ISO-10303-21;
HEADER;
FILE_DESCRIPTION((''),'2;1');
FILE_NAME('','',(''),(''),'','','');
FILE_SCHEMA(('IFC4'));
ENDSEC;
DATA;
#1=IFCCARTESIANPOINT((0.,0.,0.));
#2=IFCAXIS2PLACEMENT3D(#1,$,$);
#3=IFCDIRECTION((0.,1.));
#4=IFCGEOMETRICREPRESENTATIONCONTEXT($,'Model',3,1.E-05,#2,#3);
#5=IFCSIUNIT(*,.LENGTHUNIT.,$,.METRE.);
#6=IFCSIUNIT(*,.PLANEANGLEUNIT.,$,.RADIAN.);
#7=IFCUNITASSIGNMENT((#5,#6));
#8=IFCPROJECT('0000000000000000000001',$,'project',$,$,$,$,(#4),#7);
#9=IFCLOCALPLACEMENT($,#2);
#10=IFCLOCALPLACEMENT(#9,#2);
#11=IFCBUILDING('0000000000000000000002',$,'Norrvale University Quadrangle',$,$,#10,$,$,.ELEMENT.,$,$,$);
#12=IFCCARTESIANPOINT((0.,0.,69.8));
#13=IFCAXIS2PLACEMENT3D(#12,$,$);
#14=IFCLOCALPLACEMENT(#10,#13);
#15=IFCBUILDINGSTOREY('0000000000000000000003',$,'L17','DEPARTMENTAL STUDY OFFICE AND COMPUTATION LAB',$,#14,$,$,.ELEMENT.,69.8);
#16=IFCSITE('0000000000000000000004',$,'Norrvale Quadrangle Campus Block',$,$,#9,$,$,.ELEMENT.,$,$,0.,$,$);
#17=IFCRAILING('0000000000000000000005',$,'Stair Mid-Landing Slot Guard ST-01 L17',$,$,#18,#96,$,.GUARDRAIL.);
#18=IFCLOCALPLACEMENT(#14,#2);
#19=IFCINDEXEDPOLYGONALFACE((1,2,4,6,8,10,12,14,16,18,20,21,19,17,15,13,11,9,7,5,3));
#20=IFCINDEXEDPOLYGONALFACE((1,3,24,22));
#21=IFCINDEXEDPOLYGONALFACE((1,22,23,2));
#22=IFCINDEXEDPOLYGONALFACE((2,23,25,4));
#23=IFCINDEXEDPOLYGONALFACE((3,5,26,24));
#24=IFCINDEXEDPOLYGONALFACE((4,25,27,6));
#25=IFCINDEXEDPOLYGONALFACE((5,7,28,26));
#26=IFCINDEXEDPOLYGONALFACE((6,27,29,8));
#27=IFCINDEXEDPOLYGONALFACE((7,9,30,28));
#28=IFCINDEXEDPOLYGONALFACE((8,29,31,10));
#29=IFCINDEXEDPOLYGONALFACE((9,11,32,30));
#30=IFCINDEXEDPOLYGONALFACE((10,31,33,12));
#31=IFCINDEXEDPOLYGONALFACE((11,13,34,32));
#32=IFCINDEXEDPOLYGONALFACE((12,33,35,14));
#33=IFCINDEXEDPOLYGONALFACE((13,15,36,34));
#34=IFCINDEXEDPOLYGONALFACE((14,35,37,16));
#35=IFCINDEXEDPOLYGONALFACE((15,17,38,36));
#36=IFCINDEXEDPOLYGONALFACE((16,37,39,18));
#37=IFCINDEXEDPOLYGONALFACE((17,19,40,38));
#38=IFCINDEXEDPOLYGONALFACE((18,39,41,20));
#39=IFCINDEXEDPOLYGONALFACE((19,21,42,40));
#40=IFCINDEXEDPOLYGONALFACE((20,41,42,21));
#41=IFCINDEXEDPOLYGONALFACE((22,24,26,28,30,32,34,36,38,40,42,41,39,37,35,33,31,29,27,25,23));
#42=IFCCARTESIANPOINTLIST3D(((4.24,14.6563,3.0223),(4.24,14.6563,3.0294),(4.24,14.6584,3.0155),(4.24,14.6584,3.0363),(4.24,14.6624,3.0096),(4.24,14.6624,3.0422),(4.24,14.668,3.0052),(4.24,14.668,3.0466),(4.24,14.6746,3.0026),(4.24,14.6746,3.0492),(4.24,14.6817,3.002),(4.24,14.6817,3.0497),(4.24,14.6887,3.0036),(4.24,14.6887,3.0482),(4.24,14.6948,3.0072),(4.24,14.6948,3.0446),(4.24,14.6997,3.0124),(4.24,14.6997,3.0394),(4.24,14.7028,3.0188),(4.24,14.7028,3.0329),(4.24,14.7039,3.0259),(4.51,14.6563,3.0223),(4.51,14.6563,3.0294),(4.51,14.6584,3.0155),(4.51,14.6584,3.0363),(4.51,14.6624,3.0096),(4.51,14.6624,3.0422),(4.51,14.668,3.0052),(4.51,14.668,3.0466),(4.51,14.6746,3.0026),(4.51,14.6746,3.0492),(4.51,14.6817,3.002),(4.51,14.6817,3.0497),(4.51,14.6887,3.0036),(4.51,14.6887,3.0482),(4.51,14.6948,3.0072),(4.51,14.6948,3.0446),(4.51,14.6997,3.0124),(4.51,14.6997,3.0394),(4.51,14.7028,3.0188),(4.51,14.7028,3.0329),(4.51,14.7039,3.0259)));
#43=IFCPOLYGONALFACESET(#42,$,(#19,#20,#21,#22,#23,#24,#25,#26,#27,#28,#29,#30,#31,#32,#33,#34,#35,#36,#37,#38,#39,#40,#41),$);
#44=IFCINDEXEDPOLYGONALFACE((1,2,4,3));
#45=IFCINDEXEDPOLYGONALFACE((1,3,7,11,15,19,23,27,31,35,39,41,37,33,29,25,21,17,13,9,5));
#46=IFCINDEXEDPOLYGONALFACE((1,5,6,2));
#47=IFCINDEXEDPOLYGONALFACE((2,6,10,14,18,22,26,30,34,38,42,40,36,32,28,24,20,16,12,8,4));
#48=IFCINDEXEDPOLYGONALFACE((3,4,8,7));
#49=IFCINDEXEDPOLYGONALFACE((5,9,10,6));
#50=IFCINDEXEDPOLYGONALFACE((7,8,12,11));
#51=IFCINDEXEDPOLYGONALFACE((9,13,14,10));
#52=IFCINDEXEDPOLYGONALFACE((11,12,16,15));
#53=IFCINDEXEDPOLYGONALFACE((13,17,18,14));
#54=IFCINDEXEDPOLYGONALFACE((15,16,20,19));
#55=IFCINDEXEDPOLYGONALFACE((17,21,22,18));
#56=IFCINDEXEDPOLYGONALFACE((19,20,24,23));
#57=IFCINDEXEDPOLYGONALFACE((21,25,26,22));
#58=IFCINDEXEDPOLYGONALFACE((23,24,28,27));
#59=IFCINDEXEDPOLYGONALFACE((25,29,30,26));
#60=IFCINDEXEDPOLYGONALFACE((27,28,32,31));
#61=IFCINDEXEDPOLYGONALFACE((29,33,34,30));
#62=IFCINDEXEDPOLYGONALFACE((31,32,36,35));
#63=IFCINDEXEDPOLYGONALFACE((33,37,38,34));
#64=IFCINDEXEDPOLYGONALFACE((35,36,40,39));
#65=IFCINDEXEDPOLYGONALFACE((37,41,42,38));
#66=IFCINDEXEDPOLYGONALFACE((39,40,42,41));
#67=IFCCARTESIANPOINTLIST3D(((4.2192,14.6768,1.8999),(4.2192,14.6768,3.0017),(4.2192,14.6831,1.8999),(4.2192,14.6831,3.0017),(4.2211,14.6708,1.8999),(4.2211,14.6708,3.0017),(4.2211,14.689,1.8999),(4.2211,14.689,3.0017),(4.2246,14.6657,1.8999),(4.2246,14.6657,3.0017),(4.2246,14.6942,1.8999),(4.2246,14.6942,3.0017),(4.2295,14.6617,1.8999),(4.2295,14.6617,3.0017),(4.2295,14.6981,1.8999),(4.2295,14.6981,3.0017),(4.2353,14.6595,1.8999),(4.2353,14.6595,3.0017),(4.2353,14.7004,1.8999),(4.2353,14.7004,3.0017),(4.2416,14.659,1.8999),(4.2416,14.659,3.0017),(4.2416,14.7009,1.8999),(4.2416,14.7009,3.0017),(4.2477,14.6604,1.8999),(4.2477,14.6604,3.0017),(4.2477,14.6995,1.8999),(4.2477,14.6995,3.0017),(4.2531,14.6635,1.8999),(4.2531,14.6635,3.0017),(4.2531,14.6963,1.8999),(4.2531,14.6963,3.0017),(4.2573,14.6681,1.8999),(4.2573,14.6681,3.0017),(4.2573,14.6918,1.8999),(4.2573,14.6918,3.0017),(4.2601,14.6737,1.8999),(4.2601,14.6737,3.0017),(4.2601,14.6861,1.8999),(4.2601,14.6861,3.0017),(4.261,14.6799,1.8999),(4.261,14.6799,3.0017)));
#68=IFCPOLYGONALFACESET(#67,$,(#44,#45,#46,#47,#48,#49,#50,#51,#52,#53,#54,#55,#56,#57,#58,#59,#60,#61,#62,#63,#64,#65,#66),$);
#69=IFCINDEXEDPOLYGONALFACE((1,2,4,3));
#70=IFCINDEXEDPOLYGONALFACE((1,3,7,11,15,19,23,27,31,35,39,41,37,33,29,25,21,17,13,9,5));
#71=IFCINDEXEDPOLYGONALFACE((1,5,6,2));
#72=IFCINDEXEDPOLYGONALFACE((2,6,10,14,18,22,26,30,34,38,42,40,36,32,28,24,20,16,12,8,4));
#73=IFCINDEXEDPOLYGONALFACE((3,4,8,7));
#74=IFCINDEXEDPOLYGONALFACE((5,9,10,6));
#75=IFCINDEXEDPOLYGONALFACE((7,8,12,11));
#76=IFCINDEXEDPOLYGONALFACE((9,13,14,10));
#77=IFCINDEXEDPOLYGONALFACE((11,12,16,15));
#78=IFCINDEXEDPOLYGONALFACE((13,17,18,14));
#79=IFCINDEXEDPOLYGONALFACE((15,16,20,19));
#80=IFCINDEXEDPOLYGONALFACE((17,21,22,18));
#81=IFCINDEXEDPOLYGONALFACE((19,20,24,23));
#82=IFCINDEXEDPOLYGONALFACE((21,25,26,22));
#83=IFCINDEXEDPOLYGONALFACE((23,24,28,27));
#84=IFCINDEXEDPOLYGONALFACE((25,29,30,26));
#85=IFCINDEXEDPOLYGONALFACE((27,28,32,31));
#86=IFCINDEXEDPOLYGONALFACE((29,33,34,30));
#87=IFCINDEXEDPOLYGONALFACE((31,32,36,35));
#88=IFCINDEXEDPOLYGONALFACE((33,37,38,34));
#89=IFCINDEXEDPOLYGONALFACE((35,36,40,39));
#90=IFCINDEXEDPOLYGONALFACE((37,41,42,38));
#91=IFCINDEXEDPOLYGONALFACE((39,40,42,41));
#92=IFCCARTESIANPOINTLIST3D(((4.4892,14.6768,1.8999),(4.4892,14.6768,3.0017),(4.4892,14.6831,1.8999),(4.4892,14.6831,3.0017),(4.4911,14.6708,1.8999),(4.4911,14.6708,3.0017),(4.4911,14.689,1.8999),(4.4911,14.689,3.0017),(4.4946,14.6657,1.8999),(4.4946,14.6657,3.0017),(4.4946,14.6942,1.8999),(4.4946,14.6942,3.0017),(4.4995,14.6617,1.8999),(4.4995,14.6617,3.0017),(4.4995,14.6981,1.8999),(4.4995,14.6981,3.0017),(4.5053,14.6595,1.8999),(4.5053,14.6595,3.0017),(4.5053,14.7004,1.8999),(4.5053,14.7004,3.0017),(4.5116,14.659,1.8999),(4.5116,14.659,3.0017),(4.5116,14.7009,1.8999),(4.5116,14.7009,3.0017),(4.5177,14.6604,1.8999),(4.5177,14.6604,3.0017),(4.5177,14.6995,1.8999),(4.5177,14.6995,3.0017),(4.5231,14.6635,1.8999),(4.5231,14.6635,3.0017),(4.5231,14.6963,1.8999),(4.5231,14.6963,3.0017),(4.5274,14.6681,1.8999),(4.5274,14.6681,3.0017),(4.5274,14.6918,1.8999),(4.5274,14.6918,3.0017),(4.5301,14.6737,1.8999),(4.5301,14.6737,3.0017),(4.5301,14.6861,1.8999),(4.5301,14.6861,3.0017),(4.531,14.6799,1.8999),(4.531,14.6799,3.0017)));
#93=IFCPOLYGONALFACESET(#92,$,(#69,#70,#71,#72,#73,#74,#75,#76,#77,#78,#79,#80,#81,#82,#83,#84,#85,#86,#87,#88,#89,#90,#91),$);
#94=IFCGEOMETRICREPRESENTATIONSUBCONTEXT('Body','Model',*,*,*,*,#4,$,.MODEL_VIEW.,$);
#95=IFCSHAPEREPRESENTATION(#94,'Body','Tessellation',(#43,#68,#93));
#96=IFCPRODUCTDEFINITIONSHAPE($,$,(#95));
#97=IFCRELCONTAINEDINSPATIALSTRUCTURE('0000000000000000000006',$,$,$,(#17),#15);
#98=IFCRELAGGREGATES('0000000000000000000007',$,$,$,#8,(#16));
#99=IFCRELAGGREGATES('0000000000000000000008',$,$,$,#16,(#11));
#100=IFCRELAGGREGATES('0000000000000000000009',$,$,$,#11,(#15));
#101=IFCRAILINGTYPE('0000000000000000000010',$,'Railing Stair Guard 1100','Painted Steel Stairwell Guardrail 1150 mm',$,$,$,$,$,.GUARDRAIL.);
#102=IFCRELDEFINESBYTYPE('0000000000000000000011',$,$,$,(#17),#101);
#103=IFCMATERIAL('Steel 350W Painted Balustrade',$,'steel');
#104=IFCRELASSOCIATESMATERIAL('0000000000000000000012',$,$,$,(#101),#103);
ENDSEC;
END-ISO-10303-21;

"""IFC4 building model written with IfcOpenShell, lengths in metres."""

from ifc_helpers import new_model, si_unit, direction, frame, origin, origin_2d, place, context, subcontext, project, spatial, circle, extrude, material, type_object, element, save


model = new_model("IFC4")

# Units and contexts
model_context = context("Model", 3, precision=1e-05, world=origin(), true_north=direction((0.0, 1.0)))
body_context = subcontext(model_context, "Body", "Model", "MODEL_VIEW")
ifc_project = project(units=[si_unit("LENGTHUNIT", "METRE"), si_unit("PLANEANGLEUNIT", "RADIAN")], contexts=[model_context])

# Site, building, storey
site_placement = place(None, origin())
site = spatial("IfcSite", under=ifc_project, at=site_placement, Name="Norrvale Quadrangle Campus Block", CompositionType="ELEMENT", RefElevation=0.0)
building_placement = place(site_placement, origin())
building = spatial("IfcBuilding", under=site, at=building_placement, Name="Norrvale University Quadrangle", CompositionType="ELEMENT")
storey_placement = place(building_placement, frame((0.0, 0.0, 69.8)))
storey = spatial("IfcBuildingStorey", under=building, at=storey_placement, Name="L17", Description="DEPARTMENTAL STUDY OFFICE AND COMPUTATION LAB", CompositionType="ELEMENT", Elevation=69.8)

# Railing
ifc_material_1 = material(Name="Steel 350W Painted Balustrade", Category="steel")
railing_type_1 = type_object("IfcRailingType", Name="Railing Stair Guard 1100", Description="Painted Steel Stairwell Guardrail 1150 mm", PredefinedType="GUARDRAIL", material=ifc_material_1)
railing_1_placement = place(storey_placement, frame((4.24, 14.6799, 1.8999)))
element("IfcRailing", 1, at=railing_1_placement, inside=storey, type_object=railing_type_1, Name="Stair Mid-Landing Slot Guard ST-01 L17", PredefinedType="GUARDRAIL", context=body_context, shape_type="SweptSolid", body=[
    extrude(circle(Radius=0.0239, at=origin_2d()), frame((0.0, 0.0, 1.126), z_axis=(1.0, 0.0, 0.0), x_axis=(0.0, 1.0, 0.0)), (0.0, 0.0, 1.0), 0.27),
    extrude(circle(Radius=0.021, at=origin_2d()), origin(), (0.0, 0.0, 1.0), 1.1018),
    extrude(circle(Radius=0.021, at=origin_2d()), frame((0.27, 0.0, 0.0)), (0.0, 0.0, 1.0), 1.1018),
])

save(model, "model.ifc")
